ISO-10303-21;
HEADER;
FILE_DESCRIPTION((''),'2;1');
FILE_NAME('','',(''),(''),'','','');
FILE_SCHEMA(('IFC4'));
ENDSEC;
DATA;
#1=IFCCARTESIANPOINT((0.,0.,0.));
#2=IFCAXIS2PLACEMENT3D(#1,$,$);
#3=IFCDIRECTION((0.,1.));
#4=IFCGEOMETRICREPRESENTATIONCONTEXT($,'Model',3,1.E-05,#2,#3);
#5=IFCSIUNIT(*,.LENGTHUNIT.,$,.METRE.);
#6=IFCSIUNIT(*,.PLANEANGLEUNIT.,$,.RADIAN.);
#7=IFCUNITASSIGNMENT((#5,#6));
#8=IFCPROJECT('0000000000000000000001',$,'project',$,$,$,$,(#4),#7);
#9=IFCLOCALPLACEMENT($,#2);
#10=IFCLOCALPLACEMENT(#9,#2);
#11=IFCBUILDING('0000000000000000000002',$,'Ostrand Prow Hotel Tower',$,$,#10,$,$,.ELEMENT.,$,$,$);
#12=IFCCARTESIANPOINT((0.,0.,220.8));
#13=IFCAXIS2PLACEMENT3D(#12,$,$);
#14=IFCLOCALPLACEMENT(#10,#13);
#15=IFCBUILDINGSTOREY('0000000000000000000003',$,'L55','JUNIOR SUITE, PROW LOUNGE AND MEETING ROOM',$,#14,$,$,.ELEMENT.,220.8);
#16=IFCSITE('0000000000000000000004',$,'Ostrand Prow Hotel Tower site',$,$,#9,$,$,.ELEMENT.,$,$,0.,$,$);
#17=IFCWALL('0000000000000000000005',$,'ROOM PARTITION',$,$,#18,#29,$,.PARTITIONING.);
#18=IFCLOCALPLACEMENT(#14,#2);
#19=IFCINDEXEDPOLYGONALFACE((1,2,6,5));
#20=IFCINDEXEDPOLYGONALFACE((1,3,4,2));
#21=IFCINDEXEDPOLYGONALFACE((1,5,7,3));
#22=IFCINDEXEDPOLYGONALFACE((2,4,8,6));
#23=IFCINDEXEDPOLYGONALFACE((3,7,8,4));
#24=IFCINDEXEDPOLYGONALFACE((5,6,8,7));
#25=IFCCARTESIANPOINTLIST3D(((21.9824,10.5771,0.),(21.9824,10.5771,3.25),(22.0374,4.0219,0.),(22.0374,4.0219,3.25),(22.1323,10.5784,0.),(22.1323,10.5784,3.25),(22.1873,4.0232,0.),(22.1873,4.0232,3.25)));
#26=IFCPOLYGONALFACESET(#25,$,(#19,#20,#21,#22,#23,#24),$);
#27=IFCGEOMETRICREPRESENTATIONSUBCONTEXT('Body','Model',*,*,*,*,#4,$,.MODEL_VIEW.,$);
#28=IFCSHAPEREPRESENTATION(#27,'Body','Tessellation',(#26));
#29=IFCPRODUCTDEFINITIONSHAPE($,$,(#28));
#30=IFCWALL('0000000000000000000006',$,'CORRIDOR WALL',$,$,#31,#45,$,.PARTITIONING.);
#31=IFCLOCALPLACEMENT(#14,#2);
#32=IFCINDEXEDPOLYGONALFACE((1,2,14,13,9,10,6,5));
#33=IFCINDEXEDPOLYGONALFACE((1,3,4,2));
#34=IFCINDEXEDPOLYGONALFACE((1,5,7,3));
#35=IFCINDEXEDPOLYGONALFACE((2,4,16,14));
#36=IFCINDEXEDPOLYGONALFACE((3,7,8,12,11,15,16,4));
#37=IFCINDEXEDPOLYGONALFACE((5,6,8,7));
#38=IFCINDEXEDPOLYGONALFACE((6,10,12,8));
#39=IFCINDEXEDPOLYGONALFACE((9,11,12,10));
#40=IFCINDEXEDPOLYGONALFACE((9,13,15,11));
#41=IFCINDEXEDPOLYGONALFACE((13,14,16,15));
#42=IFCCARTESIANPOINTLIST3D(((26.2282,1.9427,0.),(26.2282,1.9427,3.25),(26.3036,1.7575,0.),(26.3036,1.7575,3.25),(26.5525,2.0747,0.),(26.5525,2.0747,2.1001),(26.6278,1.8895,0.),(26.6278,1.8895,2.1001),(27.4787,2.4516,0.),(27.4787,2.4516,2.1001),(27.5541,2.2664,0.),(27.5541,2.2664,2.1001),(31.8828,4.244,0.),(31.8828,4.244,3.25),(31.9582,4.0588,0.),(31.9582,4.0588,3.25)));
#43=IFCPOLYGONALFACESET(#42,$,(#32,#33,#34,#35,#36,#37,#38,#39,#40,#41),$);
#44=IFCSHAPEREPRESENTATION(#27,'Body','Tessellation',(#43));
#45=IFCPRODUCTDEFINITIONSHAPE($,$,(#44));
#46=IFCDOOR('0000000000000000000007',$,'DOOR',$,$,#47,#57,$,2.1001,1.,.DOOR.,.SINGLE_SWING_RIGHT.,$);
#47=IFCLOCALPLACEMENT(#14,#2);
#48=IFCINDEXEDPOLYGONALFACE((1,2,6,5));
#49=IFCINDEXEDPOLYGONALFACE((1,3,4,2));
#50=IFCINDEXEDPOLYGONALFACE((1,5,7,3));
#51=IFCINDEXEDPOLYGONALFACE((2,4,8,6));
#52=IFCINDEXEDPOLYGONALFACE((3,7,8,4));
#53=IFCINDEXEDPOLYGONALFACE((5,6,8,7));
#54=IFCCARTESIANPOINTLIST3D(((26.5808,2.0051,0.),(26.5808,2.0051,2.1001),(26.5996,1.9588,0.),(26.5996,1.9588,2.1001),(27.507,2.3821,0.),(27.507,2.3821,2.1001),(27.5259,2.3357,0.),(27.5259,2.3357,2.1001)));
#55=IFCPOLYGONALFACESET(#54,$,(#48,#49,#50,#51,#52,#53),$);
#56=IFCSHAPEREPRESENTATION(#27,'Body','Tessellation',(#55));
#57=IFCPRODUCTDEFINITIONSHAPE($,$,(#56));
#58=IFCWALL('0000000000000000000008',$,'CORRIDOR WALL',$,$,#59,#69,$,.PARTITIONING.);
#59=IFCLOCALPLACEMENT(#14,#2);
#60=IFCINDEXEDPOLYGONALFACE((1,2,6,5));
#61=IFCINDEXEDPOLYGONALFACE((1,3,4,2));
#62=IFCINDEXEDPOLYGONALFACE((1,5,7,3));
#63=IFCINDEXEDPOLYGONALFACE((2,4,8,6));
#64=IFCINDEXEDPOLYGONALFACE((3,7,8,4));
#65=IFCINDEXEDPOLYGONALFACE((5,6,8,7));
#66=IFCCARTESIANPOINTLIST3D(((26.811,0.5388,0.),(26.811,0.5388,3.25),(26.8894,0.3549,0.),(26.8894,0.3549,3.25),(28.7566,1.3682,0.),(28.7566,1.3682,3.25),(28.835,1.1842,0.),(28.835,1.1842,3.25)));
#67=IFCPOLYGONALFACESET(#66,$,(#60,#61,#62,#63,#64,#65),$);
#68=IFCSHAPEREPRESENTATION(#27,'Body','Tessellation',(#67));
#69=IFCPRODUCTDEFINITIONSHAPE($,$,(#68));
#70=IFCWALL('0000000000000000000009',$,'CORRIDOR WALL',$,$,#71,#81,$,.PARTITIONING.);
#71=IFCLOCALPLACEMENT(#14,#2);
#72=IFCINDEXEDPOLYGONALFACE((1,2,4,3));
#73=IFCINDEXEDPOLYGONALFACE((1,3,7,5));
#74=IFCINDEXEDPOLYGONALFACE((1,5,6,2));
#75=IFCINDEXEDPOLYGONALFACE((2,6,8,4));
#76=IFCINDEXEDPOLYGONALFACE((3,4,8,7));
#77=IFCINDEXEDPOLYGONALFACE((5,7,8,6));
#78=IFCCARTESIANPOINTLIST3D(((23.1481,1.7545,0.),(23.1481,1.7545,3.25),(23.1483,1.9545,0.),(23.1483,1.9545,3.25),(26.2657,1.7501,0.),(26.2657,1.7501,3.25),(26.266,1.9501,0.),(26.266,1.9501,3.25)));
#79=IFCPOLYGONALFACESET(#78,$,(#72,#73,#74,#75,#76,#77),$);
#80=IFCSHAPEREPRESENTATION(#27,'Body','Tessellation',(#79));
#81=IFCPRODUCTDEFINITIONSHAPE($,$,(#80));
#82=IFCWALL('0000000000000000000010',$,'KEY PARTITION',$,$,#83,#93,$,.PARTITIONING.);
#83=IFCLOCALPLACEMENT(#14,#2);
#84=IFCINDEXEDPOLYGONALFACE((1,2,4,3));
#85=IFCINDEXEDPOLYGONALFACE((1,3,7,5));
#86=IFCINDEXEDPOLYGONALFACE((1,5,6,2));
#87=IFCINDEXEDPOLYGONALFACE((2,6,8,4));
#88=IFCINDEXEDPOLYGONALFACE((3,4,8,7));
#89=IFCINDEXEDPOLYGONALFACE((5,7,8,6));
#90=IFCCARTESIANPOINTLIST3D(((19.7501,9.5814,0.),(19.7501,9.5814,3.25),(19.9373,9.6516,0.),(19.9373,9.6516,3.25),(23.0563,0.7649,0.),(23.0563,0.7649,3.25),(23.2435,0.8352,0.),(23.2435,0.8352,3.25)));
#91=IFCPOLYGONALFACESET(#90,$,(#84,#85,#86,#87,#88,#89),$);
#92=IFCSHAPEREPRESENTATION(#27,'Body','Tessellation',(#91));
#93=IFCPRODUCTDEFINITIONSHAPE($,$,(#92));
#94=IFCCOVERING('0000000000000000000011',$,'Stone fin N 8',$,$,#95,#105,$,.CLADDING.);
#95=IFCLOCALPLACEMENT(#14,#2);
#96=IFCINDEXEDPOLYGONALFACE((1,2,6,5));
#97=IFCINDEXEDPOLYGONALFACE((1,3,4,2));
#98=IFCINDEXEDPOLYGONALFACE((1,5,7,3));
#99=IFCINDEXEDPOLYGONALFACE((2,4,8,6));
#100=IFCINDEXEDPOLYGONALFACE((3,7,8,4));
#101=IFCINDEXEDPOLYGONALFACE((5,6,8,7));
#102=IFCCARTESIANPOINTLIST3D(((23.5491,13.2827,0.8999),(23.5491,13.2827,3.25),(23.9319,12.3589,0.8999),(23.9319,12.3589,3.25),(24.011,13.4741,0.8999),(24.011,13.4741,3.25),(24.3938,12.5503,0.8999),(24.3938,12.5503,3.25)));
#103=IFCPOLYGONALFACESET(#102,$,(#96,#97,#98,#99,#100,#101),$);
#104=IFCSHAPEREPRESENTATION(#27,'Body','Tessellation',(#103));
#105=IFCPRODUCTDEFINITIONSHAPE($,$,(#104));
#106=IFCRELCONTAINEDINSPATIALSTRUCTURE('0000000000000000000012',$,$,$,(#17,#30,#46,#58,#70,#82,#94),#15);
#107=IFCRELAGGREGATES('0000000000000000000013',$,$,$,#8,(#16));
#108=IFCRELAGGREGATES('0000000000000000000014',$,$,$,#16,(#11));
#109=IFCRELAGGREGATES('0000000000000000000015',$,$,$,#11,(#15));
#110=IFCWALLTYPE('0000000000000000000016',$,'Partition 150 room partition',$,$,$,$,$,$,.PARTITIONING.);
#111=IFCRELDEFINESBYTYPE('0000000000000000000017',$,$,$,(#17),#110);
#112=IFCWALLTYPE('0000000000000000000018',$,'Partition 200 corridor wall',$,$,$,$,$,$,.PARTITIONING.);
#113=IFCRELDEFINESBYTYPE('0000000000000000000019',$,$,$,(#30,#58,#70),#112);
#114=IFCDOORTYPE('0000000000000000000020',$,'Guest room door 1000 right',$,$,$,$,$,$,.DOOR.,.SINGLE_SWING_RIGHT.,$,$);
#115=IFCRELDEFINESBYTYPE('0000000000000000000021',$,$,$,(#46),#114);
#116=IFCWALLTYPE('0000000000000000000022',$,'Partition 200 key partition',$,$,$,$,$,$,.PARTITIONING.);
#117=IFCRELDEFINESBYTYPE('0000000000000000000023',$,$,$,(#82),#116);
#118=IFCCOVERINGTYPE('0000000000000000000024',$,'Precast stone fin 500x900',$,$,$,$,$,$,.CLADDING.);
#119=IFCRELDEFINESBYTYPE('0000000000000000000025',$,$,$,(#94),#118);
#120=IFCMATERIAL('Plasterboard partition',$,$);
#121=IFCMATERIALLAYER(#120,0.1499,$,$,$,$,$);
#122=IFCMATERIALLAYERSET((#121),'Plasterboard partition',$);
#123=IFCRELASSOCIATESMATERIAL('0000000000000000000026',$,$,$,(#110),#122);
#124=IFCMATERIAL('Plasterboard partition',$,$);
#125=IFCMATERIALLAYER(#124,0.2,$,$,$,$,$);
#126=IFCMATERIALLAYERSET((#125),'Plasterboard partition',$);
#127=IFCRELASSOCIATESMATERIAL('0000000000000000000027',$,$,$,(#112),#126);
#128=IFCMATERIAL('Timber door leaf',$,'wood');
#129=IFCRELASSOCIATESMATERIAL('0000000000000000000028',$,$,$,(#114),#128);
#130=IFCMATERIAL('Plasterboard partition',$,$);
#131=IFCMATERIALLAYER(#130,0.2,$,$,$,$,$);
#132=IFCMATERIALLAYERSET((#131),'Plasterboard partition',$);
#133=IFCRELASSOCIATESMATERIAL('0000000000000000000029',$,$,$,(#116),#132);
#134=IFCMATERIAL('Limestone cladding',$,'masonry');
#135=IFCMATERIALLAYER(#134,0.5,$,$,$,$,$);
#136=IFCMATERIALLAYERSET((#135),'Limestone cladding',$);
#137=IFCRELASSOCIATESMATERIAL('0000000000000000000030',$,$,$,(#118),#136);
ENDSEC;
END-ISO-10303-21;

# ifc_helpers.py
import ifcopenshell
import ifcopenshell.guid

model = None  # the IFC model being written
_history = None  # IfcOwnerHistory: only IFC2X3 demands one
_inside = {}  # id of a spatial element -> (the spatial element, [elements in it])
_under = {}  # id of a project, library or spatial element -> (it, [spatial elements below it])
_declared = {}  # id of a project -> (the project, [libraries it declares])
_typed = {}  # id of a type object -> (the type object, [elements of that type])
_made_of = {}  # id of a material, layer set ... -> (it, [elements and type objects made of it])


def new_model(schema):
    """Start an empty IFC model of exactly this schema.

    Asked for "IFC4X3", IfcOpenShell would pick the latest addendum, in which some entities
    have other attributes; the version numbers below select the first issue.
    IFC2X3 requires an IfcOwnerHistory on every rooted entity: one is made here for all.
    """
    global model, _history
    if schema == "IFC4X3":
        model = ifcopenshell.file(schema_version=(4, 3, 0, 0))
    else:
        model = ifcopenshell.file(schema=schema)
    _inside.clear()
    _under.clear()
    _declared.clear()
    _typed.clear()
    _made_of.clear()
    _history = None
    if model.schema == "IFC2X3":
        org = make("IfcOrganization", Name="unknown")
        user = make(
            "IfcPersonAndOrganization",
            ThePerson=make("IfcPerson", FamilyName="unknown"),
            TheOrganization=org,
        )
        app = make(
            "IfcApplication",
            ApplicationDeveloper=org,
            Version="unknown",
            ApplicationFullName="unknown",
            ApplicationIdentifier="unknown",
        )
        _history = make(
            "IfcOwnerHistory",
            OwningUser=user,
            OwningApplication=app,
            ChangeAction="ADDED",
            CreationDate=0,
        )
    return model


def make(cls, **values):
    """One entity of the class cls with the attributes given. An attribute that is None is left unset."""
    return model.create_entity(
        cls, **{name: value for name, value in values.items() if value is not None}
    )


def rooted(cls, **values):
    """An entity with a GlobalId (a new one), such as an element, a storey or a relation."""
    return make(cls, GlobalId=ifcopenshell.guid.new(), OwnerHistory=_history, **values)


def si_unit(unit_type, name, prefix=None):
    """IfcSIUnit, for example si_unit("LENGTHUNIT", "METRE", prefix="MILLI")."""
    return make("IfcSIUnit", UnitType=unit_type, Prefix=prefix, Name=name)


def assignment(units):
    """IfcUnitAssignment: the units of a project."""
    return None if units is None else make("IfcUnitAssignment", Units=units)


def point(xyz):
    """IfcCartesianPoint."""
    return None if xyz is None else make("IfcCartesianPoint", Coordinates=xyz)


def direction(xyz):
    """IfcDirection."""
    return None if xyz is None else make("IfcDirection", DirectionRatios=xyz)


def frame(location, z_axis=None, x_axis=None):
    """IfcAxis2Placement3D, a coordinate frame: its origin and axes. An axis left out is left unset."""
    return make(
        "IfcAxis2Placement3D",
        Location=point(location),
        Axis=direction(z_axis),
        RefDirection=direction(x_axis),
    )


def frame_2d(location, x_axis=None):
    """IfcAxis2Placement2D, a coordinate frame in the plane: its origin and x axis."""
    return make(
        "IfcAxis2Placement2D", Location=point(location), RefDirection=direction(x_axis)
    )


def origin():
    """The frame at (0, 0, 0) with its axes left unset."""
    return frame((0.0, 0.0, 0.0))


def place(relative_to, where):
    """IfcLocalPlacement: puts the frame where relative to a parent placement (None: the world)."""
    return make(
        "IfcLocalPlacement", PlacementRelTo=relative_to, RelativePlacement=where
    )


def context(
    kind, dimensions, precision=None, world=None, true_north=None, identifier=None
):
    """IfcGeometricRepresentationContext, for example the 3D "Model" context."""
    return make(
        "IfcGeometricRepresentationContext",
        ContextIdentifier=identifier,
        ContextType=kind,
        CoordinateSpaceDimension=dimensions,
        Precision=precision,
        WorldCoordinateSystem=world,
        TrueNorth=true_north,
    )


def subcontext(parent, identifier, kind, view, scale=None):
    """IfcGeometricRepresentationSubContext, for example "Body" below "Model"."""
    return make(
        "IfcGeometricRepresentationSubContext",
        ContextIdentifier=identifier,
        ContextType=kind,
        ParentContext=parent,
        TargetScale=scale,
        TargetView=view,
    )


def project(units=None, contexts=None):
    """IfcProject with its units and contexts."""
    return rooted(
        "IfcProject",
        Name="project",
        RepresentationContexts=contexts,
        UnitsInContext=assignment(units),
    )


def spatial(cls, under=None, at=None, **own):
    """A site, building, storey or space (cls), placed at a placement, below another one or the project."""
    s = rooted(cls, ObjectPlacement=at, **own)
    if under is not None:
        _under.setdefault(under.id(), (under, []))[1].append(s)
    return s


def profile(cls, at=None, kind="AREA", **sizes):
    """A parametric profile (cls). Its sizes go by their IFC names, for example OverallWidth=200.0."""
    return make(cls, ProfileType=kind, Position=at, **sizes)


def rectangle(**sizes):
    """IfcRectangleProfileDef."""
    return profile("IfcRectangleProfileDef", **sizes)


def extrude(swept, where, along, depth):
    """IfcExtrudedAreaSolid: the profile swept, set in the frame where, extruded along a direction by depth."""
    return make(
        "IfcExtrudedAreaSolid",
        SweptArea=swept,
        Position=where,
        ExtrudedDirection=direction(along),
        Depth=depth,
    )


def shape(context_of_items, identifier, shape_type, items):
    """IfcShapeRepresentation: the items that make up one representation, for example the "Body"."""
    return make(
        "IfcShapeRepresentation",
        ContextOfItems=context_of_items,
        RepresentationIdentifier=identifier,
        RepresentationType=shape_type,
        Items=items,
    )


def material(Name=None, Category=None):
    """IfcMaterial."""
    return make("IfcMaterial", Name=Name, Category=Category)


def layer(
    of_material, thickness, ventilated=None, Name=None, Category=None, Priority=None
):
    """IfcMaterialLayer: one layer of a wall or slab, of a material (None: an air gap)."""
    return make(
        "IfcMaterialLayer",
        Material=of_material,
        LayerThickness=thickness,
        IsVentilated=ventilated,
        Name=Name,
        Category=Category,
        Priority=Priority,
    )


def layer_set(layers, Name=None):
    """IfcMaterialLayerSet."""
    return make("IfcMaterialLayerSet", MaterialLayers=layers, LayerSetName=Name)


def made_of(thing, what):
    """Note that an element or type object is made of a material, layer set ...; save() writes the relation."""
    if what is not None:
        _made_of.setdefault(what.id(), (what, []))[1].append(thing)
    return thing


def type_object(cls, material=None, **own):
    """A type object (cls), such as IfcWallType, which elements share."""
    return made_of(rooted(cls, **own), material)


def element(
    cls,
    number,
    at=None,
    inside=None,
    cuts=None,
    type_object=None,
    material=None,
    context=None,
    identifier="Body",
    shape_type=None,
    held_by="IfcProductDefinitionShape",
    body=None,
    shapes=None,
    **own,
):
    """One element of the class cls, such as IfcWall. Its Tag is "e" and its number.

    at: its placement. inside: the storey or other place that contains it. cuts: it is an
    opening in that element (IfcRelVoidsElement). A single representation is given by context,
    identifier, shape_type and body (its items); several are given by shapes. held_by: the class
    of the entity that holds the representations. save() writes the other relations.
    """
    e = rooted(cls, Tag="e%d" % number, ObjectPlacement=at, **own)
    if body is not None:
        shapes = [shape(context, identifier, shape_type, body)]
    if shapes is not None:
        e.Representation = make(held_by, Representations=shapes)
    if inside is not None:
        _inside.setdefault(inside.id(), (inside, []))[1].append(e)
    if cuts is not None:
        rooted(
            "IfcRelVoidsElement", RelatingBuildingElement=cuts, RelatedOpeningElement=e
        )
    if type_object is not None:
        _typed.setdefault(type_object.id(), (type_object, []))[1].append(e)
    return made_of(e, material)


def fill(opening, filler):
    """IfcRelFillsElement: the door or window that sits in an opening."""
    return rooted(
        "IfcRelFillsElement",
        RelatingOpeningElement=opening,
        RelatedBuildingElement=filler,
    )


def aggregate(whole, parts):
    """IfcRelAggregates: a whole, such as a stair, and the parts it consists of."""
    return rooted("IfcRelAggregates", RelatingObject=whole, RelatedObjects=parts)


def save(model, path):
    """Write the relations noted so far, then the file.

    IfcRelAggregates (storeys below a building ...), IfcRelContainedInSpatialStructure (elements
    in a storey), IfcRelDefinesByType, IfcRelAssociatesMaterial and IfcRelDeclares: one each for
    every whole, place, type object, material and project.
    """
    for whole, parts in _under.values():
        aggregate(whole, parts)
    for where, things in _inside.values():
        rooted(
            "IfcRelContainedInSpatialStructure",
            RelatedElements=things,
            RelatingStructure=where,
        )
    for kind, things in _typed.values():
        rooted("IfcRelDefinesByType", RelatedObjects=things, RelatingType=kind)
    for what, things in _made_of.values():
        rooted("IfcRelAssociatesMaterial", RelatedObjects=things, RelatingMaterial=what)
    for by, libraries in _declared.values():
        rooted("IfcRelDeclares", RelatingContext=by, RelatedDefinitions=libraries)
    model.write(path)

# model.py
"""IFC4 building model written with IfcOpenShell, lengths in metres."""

from ifc_helpers import new_model, si_unit, direction, frame, frame_2d, origin, place, context, subcontext, project, spatial, rectangle, extrude, material, layer, layer_set, type_object, element, fill, save


model = new_model("IFC4")

# Units and contexts
model_context = context("Model", 3, precision=1e-05, world=origin(), true_north=direction((0.0, 1.0)))
body_context = subcontext(model_context, "Body", "Model", "MODEL_VIEW")
ifc_project = project(units=[si_unit("LENGTHUNIT", "METRE"), si_unit("PLANEANGLEUNIT", "RADIAN")], contexts=[model_context])

# Site, building, storey
site_placement = place(None, origin())
site = spatial("IfcSite", under=ifc_project, at=site_placement, Name="Ostrand Prow Hotel Tower site", CompositionType="ELEMENT", RefElevation=0.0)
building_placement = place(site_placement, origin())
building = spatial("IfcBuilding", under=site, at=building_placement, Name="Ostrand Prow Hotel Tower", CompositionType="ELEMENT")
storey_placement = place(building_placement, frame((0.0, 0.0, 220.8)))
storey = spatial("IfcBuildingStorey", under=building, at=storey_placement, Name="L55", Description="JUNIOR SUITE, PROW LOUNGE AND MEETING ROOM", CompositionType="ELEMENT", Elevation=220.8)

# Wall
ifc_material_1 = material(Name="Plasterboard partition")
ifc_layer_1 = layer(ifc_material_1, 0.1499)
ifc_layer_set_1 = layer_set([ifc_layer_1], Name="Plasterboard partition")
wall_type_1 = type_object("IfcWallType", Name="Partition 150 room partition", PredefinedType="PARTITIONING", material=ifc_layer_set_1)
wall_1_placement = place(storey_placement, frame((22.0574, 10.5779, 0.0), z_axis=(0.0, 0.0, 1.0), x_axis=(0.00838, -0.999965, 0.0)))
element("IfcWall", 1, at=wall_1_placement, inside=storey, type_object=wall_type_1, Name="ROOM PARTITION", PredefinedType="PARTITIONING", context=body_context, shape_type="SweptSolid", body=[
    extrude(rectangle(XDim=6.5554, YDim=0.1499, at=frame_2d((3.2778, 0.0))), origin(), (0.0, 0.0, 1.0), 3.25),
])

# Wall, opening, door
ifc_material_2 = material(Name="Plasterboard partition")
ifc_layer_2 = layer(ifc_material_2, 0.2)
ifc_layer_set_2 = layer_set([ifc_layer_2], Name="Plasterboard partition")
wall_type_2 = type_object("IfcWallType", Name="Partition 200 corridor wall", PredefinedType="PARTITIONING", material=ifc_layer_set_2)
wall_2_placement = place(storey_placement, frame((26.2659, 1.8501, 0.0), z_axis=(0.0, 0.0, 1.0), x_axis=(0.926232, 0.376955, 0.0)))
wall_2 = element("IfcWall", 2, at=wall_2_placement, inside=storey, type_object=wall_type_2, Name="CORRIDOR WALL", PredefinedType="PARTITIONING", context=body_context, shape_type="SweptSolid", body=[
    extrude(rectangle(XDim=6.105, YDim=0.2, at=frame_2d((3.0525, 0.0))), origin(), (0.0, 0.0, 1.0), 3.25),
])
opening_placement = place(wall_2_placement, frame((0.3501, 0.0, 0.0)))
opening = element("IfcOpeningElement", 3, at=opening_placement, cuts=wall_2, PredefinedType="OPENING", context=body_context, shape_type="SweptSolid", body=[
    extrude(rectangle(XDim=1.0, YDim=2.1001, at=frame_2d((0.5, 1.05))), frame((0.0, 0.1099, 0.0), z_axis=(0.0, -1.0, 0.0), x_axis=(1.0, 0.0, 0.0)), (0.0, 0.0, 1.0), 0.22),
])
ifc_material_3 = material(Name="Timber door leaf", Category="wood")
door_type = type_object("IfcDoorType", Name="Guest room door 1000 right", OperationType="SINGLE_SWING_RIGHT", PredefinedType="DOOR", material=ifc_material_3)
door_placement = place(opening_placement, origin())
door = element("IfcDoor", 4, at=door_placement, inside=storey, type_object=door_type, Name="DOOR", OperationType="SINGLE_SWING_RIGHT", OverallHeight=2.1001, OverallWidth=1.0, PredefinedType="DOOR", context=body_context, shape_type="SweptSolid", body=[
    extrude(rectangle(XDim=1.0, YDim=2.1001, at=frame_2d((0.5, 1.05))), frame((0.0, 0.0249, 0.0), z_axis=(0.0, -1.0, 0.0), x_axis=(1.0, 0.0, 0.0)), (0.0, 0.0, 1.0), 0.05),
])
fill(opening, door)

# Walls
wall_3_placement = place(storey_placement, frame((26.8501, 0.4468, 0.0), z_axis=(0.0, 0.0, 1.0), x_axis=(0.919908, 0.392135, 0.0)))
element("IfcWall", 5, at=wall_3_placement, inside=storey, type_object=wall_type_2, Name="CORRIDOR WALL", PredefinedType="PARTITIONING", context=body_context, shape_type="SweptSolid", body=[
    extrude(rectangle(XDim=2.115, YDim=0.2, at=frame_2d((1.0576, 0.0))), origin(), (0.0, 0.0, 1.0), 3.25),
])
wall_4_placement = place(storey_placement, frame((26.2659, 1.8501, 0.0), z_axis=(0.0, 0.0, 1.0), x_axis=(-0.999999, 0.00141, 0.0)))
element("IfcWall", 6, at=wall_4_placement, inside=storey, type_object=wall_type_2, Name="CORRIDOR WALL", PredefinedType="PARTITIONING", context=body_context, shape_type="SweptSolid", body=[
    extrude(rectangle(XDim=3.1177, YDim=0.2, at=frame_2d((1.5588, 0.0))), origin(), (0.0, 0.0, 1.0), 3.25),
])
ifc_material_4 = material(Name="Plasterboard partition")
ifc_layer_3 = layer(ifc_material_4, 0.2)
ifc_layer_set_3 = layer_set([ifc_layer_3], Name="Plasterboard partition")
wall_type_3 = type_object("IfcWallType", Name="Partition 200 key partition", PredefinedType="PARTITIONING", material=ifc_layer_set_3)
wall_5_placement = place(storey_placement, frame((23.1499, 0.8, 0.0), z_axis=(0.0, 0.0, 1.0), x_axis=(-0.351123, 0.936329, 0.0)))
element("IfcWall", 7, at=wall_5_placement, inside=storey, type_object=wall_type_3, Name="KEY PARTITION", PredefinedType="PARTITIONING", context=body_context, shape_type="SweptSolid", body=[
    extrude(rectangle(XDim=9.416, YDim=0.2, at=frame_2d((4.708, 0.0))), origin(), (0.0, 0.0, 1.0), 3.25),
])

# Covering
ifc_material_5 = material(Name="Limestone cladding", Category="masonry")
ifc_layer_4 = layer(ifc_material_5, 0.5)
ifc_layer_set_4 = layer_set([ifc_layer_4], Name="Limestone cladding")
covering_type = type_object("IfcCoveringType", Name="Precast stone fin 500x900", PredefinedType="CLADDING", material=ifc_layer_set_4)
covering_placement = place(storey_placement, frame((24.1628, 12.4546, 0.8999), z_axis=(0.0, 0.0, 1.0), x_axis=(-0.382812, 0.923826, 0.0)))
element("IfcCovering", 8, at=covering_placement, inside=storey, type_object=covering_type, Name="Stone fin N 8", PredefinedType="CLADDING", context=body_context, shape_type="SweptSolid", body=[
    extrude(rectangle(XDim=1.0, YDim=0.5, at=frame_2d((0.5, 0.0))), origin(), (0.0, 0.0, 1.0), 2.3501),
])

save(model, "model.ifc")
